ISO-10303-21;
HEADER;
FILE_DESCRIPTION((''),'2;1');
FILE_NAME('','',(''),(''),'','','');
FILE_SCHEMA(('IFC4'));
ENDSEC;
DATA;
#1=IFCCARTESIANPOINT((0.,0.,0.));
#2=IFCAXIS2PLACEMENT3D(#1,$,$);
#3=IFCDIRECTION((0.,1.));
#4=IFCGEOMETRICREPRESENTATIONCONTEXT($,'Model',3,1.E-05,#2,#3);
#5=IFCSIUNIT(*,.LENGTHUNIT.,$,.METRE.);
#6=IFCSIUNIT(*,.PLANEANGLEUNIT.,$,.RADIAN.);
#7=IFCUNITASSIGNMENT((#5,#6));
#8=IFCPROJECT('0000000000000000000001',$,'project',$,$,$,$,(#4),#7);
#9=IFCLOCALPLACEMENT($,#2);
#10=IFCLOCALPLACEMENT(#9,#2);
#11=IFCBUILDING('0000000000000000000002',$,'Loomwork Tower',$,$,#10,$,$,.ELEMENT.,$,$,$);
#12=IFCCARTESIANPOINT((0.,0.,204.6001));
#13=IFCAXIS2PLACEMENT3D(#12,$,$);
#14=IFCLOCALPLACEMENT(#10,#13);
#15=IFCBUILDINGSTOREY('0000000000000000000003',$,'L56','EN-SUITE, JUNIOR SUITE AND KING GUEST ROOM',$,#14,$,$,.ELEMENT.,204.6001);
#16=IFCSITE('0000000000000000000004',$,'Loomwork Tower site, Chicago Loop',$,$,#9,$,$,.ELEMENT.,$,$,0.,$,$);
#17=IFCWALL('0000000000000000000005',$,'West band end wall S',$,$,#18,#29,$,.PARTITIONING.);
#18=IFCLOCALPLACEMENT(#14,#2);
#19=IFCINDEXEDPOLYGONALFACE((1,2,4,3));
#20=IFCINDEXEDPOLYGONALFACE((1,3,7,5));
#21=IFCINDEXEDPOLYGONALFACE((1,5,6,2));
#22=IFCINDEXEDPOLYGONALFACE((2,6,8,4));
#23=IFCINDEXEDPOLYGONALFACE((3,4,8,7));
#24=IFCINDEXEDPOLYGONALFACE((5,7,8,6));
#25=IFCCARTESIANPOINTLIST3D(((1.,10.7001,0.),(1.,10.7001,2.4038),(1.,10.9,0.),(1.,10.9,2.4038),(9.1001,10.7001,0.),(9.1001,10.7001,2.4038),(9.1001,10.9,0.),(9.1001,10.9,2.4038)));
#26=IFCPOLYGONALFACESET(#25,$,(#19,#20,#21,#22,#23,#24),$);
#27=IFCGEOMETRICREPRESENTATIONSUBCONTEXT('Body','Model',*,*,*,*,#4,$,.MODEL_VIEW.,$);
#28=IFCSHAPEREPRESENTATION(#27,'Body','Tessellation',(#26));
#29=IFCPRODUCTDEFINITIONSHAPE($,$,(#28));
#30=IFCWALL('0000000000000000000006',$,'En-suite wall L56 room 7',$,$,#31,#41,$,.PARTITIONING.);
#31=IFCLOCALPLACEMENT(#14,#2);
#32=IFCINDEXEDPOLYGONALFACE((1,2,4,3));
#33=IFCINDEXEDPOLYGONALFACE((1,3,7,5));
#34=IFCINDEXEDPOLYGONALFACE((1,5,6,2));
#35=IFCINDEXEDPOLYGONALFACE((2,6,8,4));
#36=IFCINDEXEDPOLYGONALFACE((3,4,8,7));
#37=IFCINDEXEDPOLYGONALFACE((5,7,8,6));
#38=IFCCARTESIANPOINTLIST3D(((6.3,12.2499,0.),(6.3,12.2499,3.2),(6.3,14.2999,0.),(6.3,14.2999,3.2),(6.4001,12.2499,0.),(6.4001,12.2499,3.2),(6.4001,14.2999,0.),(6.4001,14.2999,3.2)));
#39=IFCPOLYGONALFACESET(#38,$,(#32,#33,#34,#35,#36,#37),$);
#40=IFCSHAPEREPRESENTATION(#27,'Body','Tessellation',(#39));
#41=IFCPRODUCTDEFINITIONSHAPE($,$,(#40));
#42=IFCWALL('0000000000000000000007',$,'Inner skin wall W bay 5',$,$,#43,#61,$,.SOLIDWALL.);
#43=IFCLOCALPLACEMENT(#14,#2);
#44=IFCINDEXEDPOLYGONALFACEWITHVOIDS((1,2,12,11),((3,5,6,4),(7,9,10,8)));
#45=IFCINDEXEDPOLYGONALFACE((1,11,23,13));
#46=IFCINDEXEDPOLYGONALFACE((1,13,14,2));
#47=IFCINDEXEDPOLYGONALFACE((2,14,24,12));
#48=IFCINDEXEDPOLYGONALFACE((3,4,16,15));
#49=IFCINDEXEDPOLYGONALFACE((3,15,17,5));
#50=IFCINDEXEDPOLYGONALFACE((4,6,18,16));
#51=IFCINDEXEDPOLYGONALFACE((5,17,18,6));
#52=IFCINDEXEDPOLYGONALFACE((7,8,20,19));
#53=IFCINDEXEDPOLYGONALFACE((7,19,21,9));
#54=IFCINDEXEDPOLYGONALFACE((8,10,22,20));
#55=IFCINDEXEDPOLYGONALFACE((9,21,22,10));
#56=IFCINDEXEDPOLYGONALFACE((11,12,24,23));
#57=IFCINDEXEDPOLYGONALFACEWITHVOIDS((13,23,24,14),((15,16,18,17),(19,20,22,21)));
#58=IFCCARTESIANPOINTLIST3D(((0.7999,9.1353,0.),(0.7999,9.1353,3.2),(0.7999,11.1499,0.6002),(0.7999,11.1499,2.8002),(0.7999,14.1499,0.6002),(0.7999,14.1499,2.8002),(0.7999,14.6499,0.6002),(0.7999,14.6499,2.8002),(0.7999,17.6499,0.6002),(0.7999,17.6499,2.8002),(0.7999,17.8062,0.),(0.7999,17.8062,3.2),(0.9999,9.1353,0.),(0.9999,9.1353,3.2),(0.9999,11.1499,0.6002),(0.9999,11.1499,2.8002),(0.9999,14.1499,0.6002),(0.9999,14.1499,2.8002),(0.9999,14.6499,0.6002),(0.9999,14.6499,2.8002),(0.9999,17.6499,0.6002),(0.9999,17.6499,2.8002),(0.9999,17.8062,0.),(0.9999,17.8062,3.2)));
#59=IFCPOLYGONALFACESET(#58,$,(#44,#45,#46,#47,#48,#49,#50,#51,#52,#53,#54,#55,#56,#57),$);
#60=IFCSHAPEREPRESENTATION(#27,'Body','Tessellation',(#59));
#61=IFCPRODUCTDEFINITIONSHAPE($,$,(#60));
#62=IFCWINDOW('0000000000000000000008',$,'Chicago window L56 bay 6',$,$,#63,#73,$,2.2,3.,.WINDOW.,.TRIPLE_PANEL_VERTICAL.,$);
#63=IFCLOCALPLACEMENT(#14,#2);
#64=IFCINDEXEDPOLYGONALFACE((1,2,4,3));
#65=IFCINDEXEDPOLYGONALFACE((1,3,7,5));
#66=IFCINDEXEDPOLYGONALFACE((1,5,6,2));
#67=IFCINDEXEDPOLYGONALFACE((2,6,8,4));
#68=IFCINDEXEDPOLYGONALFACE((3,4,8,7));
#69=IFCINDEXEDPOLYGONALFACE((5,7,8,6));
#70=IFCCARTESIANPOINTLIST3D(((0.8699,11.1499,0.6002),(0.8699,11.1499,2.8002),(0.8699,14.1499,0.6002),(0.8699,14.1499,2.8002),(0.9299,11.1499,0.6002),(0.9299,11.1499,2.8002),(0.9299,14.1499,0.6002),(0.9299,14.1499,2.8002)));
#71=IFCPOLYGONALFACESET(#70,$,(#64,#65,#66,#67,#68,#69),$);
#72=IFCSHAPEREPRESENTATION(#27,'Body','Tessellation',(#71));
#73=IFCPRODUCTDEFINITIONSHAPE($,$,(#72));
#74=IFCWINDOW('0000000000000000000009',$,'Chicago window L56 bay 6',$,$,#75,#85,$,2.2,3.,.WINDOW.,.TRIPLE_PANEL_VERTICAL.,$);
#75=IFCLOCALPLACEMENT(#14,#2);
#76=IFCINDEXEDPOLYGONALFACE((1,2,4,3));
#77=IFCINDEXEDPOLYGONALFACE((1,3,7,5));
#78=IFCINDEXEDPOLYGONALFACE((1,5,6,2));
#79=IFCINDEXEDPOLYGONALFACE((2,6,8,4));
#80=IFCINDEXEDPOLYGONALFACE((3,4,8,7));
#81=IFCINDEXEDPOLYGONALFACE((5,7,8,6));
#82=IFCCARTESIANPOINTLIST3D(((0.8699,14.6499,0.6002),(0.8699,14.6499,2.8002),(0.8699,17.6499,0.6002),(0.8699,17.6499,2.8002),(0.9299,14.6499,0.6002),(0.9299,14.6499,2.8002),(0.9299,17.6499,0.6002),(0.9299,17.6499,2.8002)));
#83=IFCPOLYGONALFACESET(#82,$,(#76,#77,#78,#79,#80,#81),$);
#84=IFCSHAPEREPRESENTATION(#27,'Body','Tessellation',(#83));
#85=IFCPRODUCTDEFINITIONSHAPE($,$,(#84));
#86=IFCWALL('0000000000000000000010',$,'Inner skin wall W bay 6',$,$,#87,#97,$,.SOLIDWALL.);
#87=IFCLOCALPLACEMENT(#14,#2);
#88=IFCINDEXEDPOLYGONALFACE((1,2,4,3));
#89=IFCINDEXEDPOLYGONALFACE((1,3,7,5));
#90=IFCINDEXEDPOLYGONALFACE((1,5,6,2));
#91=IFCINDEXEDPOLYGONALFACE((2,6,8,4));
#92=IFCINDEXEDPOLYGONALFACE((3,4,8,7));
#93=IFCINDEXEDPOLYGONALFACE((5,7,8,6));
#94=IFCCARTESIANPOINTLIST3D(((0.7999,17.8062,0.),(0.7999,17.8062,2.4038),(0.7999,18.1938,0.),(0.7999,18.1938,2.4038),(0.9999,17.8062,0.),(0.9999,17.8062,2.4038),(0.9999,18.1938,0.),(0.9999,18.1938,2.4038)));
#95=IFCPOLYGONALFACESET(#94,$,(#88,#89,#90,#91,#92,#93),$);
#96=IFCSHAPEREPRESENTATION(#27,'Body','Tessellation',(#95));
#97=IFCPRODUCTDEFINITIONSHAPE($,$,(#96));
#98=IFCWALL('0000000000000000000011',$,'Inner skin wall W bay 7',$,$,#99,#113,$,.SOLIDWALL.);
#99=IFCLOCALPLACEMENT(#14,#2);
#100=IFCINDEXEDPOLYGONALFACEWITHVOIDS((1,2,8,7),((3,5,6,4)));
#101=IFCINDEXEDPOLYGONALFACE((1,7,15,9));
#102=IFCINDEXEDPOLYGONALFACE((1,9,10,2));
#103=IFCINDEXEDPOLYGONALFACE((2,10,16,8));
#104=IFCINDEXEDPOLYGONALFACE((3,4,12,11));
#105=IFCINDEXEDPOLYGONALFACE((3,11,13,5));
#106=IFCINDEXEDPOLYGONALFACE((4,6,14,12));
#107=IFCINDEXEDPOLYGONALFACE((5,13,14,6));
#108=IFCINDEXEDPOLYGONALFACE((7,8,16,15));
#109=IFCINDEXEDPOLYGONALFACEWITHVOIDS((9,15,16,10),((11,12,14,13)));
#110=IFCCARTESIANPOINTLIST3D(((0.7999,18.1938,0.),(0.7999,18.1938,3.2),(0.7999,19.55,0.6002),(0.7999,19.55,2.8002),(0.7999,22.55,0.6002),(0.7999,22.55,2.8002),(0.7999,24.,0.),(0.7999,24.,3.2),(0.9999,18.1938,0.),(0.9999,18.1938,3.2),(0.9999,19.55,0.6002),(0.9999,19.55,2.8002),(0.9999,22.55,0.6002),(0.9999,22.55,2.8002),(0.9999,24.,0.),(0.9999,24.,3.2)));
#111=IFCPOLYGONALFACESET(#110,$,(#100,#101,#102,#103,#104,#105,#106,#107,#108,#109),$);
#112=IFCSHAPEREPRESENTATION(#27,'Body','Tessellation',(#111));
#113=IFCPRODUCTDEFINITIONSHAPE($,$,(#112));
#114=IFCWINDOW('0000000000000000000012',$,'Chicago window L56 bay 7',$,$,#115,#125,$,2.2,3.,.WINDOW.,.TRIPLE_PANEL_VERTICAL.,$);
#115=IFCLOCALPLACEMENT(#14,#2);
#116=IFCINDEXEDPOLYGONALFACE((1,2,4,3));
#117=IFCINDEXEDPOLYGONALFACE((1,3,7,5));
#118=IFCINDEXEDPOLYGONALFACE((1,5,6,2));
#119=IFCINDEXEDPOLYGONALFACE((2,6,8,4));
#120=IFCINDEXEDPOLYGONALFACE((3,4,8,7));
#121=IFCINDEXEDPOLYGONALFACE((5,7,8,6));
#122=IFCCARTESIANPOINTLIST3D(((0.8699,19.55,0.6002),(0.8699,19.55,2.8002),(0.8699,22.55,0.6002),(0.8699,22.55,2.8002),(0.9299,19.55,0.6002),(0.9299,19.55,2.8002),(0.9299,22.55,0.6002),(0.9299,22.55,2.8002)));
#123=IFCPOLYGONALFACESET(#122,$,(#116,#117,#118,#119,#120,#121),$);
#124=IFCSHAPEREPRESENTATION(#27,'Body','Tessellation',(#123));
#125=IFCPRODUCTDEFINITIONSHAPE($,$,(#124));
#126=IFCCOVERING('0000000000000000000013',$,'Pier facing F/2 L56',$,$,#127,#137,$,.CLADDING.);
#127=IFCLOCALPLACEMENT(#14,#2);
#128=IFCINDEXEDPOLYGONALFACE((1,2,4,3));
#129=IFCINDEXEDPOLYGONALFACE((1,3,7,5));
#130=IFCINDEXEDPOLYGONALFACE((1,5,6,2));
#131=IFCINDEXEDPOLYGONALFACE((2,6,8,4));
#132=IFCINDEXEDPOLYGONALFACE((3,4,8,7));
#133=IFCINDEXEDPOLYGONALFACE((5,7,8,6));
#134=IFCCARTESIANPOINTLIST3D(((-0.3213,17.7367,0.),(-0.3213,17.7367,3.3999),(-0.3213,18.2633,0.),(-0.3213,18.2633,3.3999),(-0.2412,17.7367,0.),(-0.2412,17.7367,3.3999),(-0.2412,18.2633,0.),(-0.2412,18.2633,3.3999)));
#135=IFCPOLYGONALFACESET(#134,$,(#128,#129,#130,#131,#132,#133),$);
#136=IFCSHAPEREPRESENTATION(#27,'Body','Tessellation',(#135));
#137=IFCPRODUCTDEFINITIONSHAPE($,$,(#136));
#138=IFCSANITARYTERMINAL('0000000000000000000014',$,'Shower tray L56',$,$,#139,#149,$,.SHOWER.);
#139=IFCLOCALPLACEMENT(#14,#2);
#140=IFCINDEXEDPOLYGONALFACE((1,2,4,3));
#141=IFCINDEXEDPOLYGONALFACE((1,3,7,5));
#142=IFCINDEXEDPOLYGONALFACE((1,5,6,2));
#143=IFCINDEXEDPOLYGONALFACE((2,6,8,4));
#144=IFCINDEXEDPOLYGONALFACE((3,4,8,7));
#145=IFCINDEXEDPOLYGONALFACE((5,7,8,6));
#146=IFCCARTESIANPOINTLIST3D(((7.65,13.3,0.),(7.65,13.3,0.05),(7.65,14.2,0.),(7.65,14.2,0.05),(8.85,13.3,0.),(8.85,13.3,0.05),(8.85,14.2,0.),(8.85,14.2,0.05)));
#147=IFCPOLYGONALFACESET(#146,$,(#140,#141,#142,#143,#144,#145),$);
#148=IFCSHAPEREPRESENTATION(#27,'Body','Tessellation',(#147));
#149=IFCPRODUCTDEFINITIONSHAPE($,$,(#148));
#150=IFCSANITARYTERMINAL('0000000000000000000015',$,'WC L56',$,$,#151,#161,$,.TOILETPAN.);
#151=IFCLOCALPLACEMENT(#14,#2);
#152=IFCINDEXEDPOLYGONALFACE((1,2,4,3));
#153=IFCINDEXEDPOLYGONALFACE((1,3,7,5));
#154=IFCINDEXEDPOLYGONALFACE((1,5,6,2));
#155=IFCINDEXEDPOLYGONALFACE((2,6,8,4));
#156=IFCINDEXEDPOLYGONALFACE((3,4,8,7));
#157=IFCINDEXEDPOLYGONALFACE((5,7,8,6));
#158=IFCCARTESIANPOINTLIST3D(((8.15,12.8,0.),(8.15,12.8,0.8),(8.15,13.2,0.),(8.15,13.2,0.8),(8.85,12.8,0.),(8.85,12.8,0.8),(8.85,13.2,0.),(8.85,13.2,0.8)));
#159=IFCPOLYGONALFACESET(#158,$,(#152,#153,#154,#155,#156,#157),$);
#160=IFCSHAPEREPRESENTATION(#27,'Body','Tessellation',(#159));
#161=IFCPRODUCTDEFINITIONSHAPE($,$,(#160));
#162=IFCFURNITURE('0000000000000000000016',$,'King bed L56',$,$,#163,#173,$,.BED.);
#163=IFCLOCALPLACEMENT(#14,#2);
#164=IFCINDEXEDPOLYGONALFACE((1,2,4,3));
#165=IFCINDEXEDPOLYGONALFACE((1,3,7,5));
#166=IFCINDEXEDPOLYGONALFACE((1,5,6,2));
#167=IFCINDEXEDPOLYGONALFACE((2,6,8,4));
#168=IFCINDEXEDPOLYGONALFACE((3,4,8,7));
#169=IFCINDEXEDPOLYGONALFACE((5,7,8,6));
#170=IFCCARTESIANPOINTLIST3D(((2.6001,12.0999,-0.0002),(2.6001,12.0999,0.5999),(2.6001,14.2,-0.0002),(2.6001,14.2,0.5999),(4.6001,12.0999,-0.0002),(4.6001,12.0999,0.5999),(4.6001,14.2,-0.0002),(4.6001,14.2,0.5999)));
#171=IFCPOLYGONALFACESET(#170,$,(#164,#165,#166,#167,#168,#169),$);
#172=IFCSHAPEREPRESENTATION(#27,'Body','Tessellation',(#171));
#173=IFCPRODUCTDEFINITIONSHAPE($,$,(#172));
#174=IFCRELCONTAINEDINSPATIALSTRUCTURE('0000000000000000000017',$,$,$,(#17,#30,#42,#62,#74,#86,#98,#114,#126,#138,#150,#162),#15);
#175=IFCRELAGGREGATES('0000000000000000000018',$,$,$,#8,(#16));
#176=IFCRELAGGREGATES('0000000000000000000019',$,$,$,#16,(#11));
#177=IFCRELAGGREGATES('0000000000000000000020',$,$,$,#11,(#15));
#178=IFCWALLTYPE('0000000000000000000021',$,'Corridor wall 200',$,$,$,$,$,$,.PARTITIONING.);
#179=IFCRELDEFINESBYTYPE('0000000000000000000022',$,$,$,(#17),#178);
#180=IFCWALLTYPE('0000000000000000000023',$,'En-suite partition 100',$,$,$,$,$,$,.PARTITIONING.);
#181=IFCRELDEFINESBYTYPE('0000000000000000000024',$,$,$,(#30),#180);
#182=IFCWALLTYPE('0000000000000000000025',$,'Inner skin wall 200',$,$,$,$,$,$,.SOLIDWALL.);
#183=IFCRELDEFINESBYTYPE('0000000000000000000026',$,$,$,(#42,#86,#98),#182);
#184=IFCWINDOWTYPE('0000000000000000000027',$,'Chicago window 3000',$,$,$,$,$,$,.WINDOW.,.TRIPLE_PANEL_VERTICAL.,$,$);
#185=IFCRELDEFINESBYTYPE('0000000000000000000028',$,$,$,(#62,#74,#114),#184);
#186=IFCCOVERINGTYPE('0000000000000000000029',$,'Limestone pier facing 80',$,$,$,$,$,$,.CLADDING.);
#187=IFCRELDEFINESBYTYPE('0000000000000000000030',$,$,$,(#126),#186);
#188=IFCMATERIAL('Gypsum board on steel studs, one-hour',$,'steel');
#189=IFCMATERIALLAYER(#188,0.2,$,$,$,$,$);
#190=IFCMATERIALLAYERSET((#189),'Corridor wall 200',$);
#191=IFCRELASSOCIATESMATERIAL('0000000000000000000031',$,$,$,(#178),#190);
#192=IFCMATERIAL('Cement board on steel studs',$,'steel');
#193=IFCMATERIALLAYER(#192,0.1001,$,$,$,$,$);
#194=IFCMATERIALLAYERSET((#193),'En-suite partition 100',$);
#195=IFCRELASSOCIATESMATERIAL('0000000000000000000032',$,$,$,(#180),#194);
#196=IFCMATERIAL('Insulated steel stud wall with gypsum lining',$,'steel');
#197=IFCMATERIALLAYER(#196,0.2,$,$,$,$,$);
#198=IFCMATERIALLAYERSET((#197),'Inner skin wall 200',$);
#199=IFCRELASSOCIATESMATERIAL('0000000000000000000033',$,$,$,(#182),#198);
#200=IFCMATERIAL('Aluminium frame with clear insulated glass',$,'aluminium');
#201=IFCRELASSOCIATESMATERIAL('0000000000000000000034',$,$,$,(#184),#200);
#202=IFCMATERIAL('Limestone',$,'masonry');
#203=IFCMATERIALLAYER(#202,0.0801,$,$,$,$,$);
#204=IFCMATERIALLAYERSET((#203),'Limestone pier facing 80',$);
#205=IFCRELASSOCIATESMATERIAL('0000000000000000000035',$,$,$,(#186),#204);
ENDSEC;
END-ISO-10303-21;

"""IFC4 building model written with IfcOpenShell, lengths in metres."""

from ifc_helpers import new_model, si_unit, direction, frame, frame_2d, origin, origin_2d, place, context, subcontext, project, spatial, rectangle, extrude, material, layer, layer_set, type_object, element, fill, save


model = new_model("IFC4")

# Units and contexts
model_context = context("Model", 3, precision=1e-05, world=origin(), true_north=direction((0.0, 1.0)))
body_context = subcontext(model_context, "Body", "Model", "MODEL_VIEW")
ifc_project = project(units=[si_unit("LENGTHUNIT", "METRE"), si_unit("PLANEANGLEUNIT", "RADIAN")], contexts=[model_context])

# Site, building, storey
site_placement = place(None, origin())
site = spatial("IfcSite", under=ifc_project, at=site_placement, Name="Loomwork Tower site, Chicago Loop", CompositionType="ELEMENT", RefElevation=0.0)
building_placement = place(site_placement, origin())
building = spatial("IfcBuilding", under=site, at=building_placement, Name="Loomwork Tower", CompositionType="ELEMENT")
storey_placement = place(building_placement, frame((0.0, 0.0, 204.6001)))
storey = spatial("IfcBuildingStorey", under=building, at=storey_placement, Name="L56", Description="EN-SUITE, JUNIOR SUITE AND KING GUEST ROOM", CompositionType="ELEMENT", Elevation=204.6001)

# Walls
ifc_material_1 = material(Name="Gypsum board on steel studs, one-hour", Category="steel")
ifc_layer_1 = layer(ifc_material_1, 0.2)
ifc_layer_set_1 = layer_set([ifc_layer_1], Name="Corridor wall 200")
wall_type_1 = type_object("IfcWallType", Name="Corridor wall 200", PredefinedType="PARTITIONING", material=ifc_layer_set_1)
wall_1_placement = place(storey_placement, frame((1.0, 10.8, 0.0), z_axis=(0.0, 0.0, 1.0), x_axis=(1.0, 0.0, 0.0)))
element("IfcWall", 1, at=wall_1_placement, inside=storey, type_object=wall_type_1, Name="West band end wall S", PredefinedType="PARTITIONING", context=body_context, shape_type="SweptSolid", body=[
    extrude(rectangle(XDim=8.1001, YDim=0.2, at=frame_2d((4.05, 0.0))), origin(), (0.0, 0.0, 1.0), 2.4038),
])
ifc_material_2 = material(Name="Cement board on steel studs", Category="steel")
ifc_layer_2 = layer(ifc_material_2, 0.1001)
ifc_layer_set_2 = layer_set([ifc_layer_2], Name="En-suite partition 100")
wall_type_2 = type_object("IfcWallType", Name="En-suite partition 100", PredefinedType="PARTITIONING", material=ifc_layer_set_2)
wall_2_placement = place(storey_placement, frame((6.3501, 12.25, 0.0), z_axis=(0.0, 0.0, 1.0), x_axis=(0.0, 1.0, 0.0)))
element("IfcWall", 2, at=wall_2_placement, inside=storey, type_object=wall_type_2, Name="En-suite wall L56 room 7", PredefinedType="PARTITIONING", context=body_context, shape_type="SweptSolid", body=[
    extrude(rectangle(XDim=2.05, YDim=0.1001, at=frame_2d((1.0249, 0.0))), origin(), (0.0, 0.0, 1.0), 3.2),
])

# Wall, openings, windows
ifc_material_3 = material(Name="Insulated steel stud wall with gypsum lining", Category="steel")
ifc_layer_3 = layer(ifc_material_3, 0.2)
ifc_layer_set_3 = layer_set([ifc_layer_3], Name="Inner skin wall 200")
wall_type_3 = type_object("IfcWallType", Name="Inner skin wall 200", PredefinedType="SOLIDWALL", material=ifc_layer_set_3)
wall_3_placement = place(storey_placement, frame((0.8999, 9.1353, 0.0), z_axis=(0.0, 0.0, 1.0), x_axis=(0.0, 1.0, 0.0)))
wall_3 = element("IfcWall", 3, at=wall_3_placement, inside=storey, type_object=wall_type_3, Name="Inner skin wall W bay 5", PredefinedType="SOLIDWALL", context=body_context, shape_type="SweptSolid", body=[
    extrude(rectangle(XDim=8.6709, YDim=0.2, at=frame_2d((4.3354, 0.0))), origin(), (0.0, 0.0, 1.0), 3.2),
])
opening_1_placement = place(wall_3_placement, frame((2.0146, 0.0, 0.6001)))
opening_1 = element("IfcOpeningElement", 4, at=opening_1_placement, cuts=wall_3, PredefinedType="OPENING", context=body_context, shape_type="SweptSolid", body=[
    extrude(rectangle(XDim=3.0, YDim=2.2, at=frame_2d((1.5, 1.1001))), frame((0.0, 0.1099, 0.0), z_axis=(0.0, -1.0, 0.0), x_axis=(1.0, 0.0, 0.0)), (0.0, 0.0, 1.0), 0.22),
])
opening_2_placement = place(wall_3_placement, frame((5.5146, 0.0, 0.6001)))
opening_2 = element("IfcOpeningElement", 5, at=opening_2_placement, cuts=wall_3, PredefinedType="OPENING", context=body_context, shape_type="SweptSolid", body=[
    extrude(rectangle(XDim=3.0, YDim=2.2, at=frame_2d((1.5, 1.1001))), frame((0.0, 0.1099, 0.0), z_axis=(0.0, -1.0, 0.0), x_axis=(1.0, 0.0, 0.0)), (0.0, 0.0, 1.0), 0.22),
])
ifc_material_4 = material(Name="Aluminium frame with clear insulated glass", Category="aluminium")
window_type = type_object("IfcWindowType", Name="Chicago window 3000", PartitioningType="TRIPLE_PANEL_VERTICAL", PredefinedType="WINDOW", material=ifc_material_4)
window_1_placement = place(opening_1_placement, origin())
window_1 = element("IfcWindow", 6, at=window_1_placement, inside=storey, type_object=window_type, Name="Chicago window L56 bay 6", OverallHeight=2.2, OverallWidth=3.0, PartitioningType="TRIPLE_PANEL_VERTICAL", PredefinedType="WINDOW", context=body_context, shape_type="SweptSolid", body=[
    extrude(rectangle(XDim=3.0, YDim=2.2, at=frame_2d((1.5, 1.1001))), frame((0.0, 0.03, 0.0), z_axis=(0.0, -1.0, 0.0), x_axis=(1.0, 0.0, 0.0)), (0.0, 0.0, 1.0), 0.0601),
])
fill(opening_1, window_1)
window_2_placement = place(opening_2_placement, origin())
window_2 = element("IfcWindow", 7, at=window_2_placement, inside=storey, type_object=window_type, Name="Chicago window L56 bay 6", OverallHeight=2.2, OverallWidth=3.0, PartitioningType="TRIPLE_PANEL_VERTICAL", PredefinedType="WINDOW", context=body_context, shape_type="SweptSolid", body=[
    extrude(rectangle(XDim=3.0, YDim=2.2, at=frame_2d((1.5, 1.1001))), frame((0.0, 0.03, 0.0), z_axis=(0.0, -1.0, 0.0), x_axis=(1.0, 0.0, 0.0)), (0.0, 0.0, 1.0), 0.0601),
])
fill(opening_2, window_2)

# Wall
wall_4_placement = place(storey_placement, frame((0.8999, 17.8062, 0.0), z_axis=(0.0, 0.0, 1.0), x_axis=(0.0, 1.0, 0.0)))
element("IfcWall", 8, at=wall_4_placement, inside=storey, type_object=wall_type_3, Name="Inner skin wall W bay 6", PredefinedType="SOLIDWALL", context=body_context, shape_type="SweptSolid", body=[
    extrude(rectangle(XDim=0.3877, YDim=0.2, at=frame_2d((0.1938, 0.0))), origin(), (0.0, 0.0, 1.0), 2.4038),
])

# Wall, opening, window
wall_5_placement = place(storey_placement, frame((0.8999, 18.1938, 0.0), z_axis=(0.0, 0.0, 1.0), x_axis=(0.0, 1.0, 0.0)))
wall_5 = element("IfcWall", 9, at=wall_5_placement, inside=storey, type_object=wall_type_3, Name="Inner skin wall W bay 7", PredefinedType="SOLIDWALL", context=body_context, shape_type="SweptSolid", body=[
    extrude(rectangle(XDim=5.8062, YDim=0.2, at=frame_2d((2.9031, 0.0))), origin(), (0.0, 0.0, 1.0), 3.2),
])
opening_3_placement = place(wall_5_placement, frame((1.3562, 0.0, 0.6001)))
opening_3 = element("IfcOpeningElement", 10, at=opening_3_placement, cuts=wall_5, PredefinedType="OPENING", context=body_context, shape_type="SweptSolid", body=[
    extrude(rectangle(XDim=3.0, YDim=2.2, at=frame_2d((1.5, 1.1001))), frame((0.0, 0.1099, 0.0), z_axis=(0.0, -1.0, 0.0), x_axis=(1.0, 0.0, 0.0)), (0.0, 0.0, 1.0), 0.22),
])
window_3_placement = place(opening_3_placement, origin())
window_3 = element("IfcWindow", 11, at=window_3_placement, inside=storey, type_object=window_type, Name="Chicago window L56 bay 7", OverallHeight=2.2, OverallWidth=3.0, PartitioningType="TRIPLE_PANEL_VERTICAL", PredefinedType="WINDOW", context=body_context, shape_type="SweptSolid", body=[
    extrude(rectangle(XDim=3.0, YDim=2.2, at=frame_2d((1.5, 1.1001))), frame((0.0, 0.03, 0.0), z_axis=(0.0, -1.0, 0.0), x_axis=(1.0, 0.0, 0.0)), (0.0, 0.0, 1.0), 0.0601),
])
fill(opening_3, window_3)

# Covering
ifc_material_5 = material(Name="Limestone", Category="masonry")
ifc_layer_4 = layer(ifc_material_5, 0.0801)
ifc_layer_set_4 = layer_set([ifc_layer_4], Name="Limestone pier facing 80")
covering_type = type_object("IfcCoveringType", Name="Limestone pier facing 80", PredefinedType="CLADDING", material=ifc_layer_set_4)
covering_placement = place(storey_placement, frame((-0.2812, 18.0, 0.0), z_axis=(0.0, 0.0, 1.0), x_axis=(1.0, 0.0, 0.0)))
element("IfcCovering", 12, at=covering_placement, inside=storey, type_object=covering_type, Name="Pier facing F/2 L56", PredefinedType="CLADDING", context=body_context, shape_type="SweptSolid", body=[
    extrude(rectangle(XDim=0.0801, YDim=0.5266, at=origin_2d()), origin(), (0.0, 0.0, 1.0), 3.3999),
])

# Sanitary terminals
sanitary_terminal_1_placement = place(storey_placement, frame((8.25, 13.75, 0.0), z_axis=(0.0, 0.0, 1.0), x_axis=(1.0, 0.0, 0.0)))
element("IfcSanitaryTerminal", 13, at=sanitary_terminal_1_placement, inside=storey, Name="Shower tray L56", PredefinedType="SHOWER", context=body_context, shape_type="SweptSolid", body=[
    extrude(rectangle(XDim=1.2, YDim=0.8999, at=origin_2d()), origin(), (0.0, 0.0, 1.0), 0.05),
])
sanitary_terminal_2_placement = place(storey_placement, frame((8.5, 13.0, 0.0), z_axis=(0.0, 0.0, 1.0), x_axis=(1.0, 0.0, 0.0)))
element("IfcSanitaryTerminal", 14, at=sanitary_terminal_2_placement, inside=storey, Name="WC L56", PredefinedType="TOILETPAN", context=body_context, shape_type="SweptSolid", body=[
    extrude(rectangle(XDim=0.7, YDim=0.3999, at=origin_2d()), origin(), (0.0, 0.0, 1.0), 0.8),
])

# Furniture
furniture_1_placement = place(storey_placement, frame((3.6001, 13.1499, -0.0002), z_axis=(0.0, 0.0, 1.0), x_axis=(1.0, 0.0, 0.0)))
element("IfcFurniture", 15, at=furniture_1_placement, inside=storey, Name="King bed L56", PredefinedType="BED", context=body_context, shape_type="SweptSolid", body=[
    extrude(rectangle(XDim=2.0, YDim=2.1001, at=origin_2d()), origin(), (0.0, 0.0, 1.0), 0.6001),
])

save(model, "model.ifc")
